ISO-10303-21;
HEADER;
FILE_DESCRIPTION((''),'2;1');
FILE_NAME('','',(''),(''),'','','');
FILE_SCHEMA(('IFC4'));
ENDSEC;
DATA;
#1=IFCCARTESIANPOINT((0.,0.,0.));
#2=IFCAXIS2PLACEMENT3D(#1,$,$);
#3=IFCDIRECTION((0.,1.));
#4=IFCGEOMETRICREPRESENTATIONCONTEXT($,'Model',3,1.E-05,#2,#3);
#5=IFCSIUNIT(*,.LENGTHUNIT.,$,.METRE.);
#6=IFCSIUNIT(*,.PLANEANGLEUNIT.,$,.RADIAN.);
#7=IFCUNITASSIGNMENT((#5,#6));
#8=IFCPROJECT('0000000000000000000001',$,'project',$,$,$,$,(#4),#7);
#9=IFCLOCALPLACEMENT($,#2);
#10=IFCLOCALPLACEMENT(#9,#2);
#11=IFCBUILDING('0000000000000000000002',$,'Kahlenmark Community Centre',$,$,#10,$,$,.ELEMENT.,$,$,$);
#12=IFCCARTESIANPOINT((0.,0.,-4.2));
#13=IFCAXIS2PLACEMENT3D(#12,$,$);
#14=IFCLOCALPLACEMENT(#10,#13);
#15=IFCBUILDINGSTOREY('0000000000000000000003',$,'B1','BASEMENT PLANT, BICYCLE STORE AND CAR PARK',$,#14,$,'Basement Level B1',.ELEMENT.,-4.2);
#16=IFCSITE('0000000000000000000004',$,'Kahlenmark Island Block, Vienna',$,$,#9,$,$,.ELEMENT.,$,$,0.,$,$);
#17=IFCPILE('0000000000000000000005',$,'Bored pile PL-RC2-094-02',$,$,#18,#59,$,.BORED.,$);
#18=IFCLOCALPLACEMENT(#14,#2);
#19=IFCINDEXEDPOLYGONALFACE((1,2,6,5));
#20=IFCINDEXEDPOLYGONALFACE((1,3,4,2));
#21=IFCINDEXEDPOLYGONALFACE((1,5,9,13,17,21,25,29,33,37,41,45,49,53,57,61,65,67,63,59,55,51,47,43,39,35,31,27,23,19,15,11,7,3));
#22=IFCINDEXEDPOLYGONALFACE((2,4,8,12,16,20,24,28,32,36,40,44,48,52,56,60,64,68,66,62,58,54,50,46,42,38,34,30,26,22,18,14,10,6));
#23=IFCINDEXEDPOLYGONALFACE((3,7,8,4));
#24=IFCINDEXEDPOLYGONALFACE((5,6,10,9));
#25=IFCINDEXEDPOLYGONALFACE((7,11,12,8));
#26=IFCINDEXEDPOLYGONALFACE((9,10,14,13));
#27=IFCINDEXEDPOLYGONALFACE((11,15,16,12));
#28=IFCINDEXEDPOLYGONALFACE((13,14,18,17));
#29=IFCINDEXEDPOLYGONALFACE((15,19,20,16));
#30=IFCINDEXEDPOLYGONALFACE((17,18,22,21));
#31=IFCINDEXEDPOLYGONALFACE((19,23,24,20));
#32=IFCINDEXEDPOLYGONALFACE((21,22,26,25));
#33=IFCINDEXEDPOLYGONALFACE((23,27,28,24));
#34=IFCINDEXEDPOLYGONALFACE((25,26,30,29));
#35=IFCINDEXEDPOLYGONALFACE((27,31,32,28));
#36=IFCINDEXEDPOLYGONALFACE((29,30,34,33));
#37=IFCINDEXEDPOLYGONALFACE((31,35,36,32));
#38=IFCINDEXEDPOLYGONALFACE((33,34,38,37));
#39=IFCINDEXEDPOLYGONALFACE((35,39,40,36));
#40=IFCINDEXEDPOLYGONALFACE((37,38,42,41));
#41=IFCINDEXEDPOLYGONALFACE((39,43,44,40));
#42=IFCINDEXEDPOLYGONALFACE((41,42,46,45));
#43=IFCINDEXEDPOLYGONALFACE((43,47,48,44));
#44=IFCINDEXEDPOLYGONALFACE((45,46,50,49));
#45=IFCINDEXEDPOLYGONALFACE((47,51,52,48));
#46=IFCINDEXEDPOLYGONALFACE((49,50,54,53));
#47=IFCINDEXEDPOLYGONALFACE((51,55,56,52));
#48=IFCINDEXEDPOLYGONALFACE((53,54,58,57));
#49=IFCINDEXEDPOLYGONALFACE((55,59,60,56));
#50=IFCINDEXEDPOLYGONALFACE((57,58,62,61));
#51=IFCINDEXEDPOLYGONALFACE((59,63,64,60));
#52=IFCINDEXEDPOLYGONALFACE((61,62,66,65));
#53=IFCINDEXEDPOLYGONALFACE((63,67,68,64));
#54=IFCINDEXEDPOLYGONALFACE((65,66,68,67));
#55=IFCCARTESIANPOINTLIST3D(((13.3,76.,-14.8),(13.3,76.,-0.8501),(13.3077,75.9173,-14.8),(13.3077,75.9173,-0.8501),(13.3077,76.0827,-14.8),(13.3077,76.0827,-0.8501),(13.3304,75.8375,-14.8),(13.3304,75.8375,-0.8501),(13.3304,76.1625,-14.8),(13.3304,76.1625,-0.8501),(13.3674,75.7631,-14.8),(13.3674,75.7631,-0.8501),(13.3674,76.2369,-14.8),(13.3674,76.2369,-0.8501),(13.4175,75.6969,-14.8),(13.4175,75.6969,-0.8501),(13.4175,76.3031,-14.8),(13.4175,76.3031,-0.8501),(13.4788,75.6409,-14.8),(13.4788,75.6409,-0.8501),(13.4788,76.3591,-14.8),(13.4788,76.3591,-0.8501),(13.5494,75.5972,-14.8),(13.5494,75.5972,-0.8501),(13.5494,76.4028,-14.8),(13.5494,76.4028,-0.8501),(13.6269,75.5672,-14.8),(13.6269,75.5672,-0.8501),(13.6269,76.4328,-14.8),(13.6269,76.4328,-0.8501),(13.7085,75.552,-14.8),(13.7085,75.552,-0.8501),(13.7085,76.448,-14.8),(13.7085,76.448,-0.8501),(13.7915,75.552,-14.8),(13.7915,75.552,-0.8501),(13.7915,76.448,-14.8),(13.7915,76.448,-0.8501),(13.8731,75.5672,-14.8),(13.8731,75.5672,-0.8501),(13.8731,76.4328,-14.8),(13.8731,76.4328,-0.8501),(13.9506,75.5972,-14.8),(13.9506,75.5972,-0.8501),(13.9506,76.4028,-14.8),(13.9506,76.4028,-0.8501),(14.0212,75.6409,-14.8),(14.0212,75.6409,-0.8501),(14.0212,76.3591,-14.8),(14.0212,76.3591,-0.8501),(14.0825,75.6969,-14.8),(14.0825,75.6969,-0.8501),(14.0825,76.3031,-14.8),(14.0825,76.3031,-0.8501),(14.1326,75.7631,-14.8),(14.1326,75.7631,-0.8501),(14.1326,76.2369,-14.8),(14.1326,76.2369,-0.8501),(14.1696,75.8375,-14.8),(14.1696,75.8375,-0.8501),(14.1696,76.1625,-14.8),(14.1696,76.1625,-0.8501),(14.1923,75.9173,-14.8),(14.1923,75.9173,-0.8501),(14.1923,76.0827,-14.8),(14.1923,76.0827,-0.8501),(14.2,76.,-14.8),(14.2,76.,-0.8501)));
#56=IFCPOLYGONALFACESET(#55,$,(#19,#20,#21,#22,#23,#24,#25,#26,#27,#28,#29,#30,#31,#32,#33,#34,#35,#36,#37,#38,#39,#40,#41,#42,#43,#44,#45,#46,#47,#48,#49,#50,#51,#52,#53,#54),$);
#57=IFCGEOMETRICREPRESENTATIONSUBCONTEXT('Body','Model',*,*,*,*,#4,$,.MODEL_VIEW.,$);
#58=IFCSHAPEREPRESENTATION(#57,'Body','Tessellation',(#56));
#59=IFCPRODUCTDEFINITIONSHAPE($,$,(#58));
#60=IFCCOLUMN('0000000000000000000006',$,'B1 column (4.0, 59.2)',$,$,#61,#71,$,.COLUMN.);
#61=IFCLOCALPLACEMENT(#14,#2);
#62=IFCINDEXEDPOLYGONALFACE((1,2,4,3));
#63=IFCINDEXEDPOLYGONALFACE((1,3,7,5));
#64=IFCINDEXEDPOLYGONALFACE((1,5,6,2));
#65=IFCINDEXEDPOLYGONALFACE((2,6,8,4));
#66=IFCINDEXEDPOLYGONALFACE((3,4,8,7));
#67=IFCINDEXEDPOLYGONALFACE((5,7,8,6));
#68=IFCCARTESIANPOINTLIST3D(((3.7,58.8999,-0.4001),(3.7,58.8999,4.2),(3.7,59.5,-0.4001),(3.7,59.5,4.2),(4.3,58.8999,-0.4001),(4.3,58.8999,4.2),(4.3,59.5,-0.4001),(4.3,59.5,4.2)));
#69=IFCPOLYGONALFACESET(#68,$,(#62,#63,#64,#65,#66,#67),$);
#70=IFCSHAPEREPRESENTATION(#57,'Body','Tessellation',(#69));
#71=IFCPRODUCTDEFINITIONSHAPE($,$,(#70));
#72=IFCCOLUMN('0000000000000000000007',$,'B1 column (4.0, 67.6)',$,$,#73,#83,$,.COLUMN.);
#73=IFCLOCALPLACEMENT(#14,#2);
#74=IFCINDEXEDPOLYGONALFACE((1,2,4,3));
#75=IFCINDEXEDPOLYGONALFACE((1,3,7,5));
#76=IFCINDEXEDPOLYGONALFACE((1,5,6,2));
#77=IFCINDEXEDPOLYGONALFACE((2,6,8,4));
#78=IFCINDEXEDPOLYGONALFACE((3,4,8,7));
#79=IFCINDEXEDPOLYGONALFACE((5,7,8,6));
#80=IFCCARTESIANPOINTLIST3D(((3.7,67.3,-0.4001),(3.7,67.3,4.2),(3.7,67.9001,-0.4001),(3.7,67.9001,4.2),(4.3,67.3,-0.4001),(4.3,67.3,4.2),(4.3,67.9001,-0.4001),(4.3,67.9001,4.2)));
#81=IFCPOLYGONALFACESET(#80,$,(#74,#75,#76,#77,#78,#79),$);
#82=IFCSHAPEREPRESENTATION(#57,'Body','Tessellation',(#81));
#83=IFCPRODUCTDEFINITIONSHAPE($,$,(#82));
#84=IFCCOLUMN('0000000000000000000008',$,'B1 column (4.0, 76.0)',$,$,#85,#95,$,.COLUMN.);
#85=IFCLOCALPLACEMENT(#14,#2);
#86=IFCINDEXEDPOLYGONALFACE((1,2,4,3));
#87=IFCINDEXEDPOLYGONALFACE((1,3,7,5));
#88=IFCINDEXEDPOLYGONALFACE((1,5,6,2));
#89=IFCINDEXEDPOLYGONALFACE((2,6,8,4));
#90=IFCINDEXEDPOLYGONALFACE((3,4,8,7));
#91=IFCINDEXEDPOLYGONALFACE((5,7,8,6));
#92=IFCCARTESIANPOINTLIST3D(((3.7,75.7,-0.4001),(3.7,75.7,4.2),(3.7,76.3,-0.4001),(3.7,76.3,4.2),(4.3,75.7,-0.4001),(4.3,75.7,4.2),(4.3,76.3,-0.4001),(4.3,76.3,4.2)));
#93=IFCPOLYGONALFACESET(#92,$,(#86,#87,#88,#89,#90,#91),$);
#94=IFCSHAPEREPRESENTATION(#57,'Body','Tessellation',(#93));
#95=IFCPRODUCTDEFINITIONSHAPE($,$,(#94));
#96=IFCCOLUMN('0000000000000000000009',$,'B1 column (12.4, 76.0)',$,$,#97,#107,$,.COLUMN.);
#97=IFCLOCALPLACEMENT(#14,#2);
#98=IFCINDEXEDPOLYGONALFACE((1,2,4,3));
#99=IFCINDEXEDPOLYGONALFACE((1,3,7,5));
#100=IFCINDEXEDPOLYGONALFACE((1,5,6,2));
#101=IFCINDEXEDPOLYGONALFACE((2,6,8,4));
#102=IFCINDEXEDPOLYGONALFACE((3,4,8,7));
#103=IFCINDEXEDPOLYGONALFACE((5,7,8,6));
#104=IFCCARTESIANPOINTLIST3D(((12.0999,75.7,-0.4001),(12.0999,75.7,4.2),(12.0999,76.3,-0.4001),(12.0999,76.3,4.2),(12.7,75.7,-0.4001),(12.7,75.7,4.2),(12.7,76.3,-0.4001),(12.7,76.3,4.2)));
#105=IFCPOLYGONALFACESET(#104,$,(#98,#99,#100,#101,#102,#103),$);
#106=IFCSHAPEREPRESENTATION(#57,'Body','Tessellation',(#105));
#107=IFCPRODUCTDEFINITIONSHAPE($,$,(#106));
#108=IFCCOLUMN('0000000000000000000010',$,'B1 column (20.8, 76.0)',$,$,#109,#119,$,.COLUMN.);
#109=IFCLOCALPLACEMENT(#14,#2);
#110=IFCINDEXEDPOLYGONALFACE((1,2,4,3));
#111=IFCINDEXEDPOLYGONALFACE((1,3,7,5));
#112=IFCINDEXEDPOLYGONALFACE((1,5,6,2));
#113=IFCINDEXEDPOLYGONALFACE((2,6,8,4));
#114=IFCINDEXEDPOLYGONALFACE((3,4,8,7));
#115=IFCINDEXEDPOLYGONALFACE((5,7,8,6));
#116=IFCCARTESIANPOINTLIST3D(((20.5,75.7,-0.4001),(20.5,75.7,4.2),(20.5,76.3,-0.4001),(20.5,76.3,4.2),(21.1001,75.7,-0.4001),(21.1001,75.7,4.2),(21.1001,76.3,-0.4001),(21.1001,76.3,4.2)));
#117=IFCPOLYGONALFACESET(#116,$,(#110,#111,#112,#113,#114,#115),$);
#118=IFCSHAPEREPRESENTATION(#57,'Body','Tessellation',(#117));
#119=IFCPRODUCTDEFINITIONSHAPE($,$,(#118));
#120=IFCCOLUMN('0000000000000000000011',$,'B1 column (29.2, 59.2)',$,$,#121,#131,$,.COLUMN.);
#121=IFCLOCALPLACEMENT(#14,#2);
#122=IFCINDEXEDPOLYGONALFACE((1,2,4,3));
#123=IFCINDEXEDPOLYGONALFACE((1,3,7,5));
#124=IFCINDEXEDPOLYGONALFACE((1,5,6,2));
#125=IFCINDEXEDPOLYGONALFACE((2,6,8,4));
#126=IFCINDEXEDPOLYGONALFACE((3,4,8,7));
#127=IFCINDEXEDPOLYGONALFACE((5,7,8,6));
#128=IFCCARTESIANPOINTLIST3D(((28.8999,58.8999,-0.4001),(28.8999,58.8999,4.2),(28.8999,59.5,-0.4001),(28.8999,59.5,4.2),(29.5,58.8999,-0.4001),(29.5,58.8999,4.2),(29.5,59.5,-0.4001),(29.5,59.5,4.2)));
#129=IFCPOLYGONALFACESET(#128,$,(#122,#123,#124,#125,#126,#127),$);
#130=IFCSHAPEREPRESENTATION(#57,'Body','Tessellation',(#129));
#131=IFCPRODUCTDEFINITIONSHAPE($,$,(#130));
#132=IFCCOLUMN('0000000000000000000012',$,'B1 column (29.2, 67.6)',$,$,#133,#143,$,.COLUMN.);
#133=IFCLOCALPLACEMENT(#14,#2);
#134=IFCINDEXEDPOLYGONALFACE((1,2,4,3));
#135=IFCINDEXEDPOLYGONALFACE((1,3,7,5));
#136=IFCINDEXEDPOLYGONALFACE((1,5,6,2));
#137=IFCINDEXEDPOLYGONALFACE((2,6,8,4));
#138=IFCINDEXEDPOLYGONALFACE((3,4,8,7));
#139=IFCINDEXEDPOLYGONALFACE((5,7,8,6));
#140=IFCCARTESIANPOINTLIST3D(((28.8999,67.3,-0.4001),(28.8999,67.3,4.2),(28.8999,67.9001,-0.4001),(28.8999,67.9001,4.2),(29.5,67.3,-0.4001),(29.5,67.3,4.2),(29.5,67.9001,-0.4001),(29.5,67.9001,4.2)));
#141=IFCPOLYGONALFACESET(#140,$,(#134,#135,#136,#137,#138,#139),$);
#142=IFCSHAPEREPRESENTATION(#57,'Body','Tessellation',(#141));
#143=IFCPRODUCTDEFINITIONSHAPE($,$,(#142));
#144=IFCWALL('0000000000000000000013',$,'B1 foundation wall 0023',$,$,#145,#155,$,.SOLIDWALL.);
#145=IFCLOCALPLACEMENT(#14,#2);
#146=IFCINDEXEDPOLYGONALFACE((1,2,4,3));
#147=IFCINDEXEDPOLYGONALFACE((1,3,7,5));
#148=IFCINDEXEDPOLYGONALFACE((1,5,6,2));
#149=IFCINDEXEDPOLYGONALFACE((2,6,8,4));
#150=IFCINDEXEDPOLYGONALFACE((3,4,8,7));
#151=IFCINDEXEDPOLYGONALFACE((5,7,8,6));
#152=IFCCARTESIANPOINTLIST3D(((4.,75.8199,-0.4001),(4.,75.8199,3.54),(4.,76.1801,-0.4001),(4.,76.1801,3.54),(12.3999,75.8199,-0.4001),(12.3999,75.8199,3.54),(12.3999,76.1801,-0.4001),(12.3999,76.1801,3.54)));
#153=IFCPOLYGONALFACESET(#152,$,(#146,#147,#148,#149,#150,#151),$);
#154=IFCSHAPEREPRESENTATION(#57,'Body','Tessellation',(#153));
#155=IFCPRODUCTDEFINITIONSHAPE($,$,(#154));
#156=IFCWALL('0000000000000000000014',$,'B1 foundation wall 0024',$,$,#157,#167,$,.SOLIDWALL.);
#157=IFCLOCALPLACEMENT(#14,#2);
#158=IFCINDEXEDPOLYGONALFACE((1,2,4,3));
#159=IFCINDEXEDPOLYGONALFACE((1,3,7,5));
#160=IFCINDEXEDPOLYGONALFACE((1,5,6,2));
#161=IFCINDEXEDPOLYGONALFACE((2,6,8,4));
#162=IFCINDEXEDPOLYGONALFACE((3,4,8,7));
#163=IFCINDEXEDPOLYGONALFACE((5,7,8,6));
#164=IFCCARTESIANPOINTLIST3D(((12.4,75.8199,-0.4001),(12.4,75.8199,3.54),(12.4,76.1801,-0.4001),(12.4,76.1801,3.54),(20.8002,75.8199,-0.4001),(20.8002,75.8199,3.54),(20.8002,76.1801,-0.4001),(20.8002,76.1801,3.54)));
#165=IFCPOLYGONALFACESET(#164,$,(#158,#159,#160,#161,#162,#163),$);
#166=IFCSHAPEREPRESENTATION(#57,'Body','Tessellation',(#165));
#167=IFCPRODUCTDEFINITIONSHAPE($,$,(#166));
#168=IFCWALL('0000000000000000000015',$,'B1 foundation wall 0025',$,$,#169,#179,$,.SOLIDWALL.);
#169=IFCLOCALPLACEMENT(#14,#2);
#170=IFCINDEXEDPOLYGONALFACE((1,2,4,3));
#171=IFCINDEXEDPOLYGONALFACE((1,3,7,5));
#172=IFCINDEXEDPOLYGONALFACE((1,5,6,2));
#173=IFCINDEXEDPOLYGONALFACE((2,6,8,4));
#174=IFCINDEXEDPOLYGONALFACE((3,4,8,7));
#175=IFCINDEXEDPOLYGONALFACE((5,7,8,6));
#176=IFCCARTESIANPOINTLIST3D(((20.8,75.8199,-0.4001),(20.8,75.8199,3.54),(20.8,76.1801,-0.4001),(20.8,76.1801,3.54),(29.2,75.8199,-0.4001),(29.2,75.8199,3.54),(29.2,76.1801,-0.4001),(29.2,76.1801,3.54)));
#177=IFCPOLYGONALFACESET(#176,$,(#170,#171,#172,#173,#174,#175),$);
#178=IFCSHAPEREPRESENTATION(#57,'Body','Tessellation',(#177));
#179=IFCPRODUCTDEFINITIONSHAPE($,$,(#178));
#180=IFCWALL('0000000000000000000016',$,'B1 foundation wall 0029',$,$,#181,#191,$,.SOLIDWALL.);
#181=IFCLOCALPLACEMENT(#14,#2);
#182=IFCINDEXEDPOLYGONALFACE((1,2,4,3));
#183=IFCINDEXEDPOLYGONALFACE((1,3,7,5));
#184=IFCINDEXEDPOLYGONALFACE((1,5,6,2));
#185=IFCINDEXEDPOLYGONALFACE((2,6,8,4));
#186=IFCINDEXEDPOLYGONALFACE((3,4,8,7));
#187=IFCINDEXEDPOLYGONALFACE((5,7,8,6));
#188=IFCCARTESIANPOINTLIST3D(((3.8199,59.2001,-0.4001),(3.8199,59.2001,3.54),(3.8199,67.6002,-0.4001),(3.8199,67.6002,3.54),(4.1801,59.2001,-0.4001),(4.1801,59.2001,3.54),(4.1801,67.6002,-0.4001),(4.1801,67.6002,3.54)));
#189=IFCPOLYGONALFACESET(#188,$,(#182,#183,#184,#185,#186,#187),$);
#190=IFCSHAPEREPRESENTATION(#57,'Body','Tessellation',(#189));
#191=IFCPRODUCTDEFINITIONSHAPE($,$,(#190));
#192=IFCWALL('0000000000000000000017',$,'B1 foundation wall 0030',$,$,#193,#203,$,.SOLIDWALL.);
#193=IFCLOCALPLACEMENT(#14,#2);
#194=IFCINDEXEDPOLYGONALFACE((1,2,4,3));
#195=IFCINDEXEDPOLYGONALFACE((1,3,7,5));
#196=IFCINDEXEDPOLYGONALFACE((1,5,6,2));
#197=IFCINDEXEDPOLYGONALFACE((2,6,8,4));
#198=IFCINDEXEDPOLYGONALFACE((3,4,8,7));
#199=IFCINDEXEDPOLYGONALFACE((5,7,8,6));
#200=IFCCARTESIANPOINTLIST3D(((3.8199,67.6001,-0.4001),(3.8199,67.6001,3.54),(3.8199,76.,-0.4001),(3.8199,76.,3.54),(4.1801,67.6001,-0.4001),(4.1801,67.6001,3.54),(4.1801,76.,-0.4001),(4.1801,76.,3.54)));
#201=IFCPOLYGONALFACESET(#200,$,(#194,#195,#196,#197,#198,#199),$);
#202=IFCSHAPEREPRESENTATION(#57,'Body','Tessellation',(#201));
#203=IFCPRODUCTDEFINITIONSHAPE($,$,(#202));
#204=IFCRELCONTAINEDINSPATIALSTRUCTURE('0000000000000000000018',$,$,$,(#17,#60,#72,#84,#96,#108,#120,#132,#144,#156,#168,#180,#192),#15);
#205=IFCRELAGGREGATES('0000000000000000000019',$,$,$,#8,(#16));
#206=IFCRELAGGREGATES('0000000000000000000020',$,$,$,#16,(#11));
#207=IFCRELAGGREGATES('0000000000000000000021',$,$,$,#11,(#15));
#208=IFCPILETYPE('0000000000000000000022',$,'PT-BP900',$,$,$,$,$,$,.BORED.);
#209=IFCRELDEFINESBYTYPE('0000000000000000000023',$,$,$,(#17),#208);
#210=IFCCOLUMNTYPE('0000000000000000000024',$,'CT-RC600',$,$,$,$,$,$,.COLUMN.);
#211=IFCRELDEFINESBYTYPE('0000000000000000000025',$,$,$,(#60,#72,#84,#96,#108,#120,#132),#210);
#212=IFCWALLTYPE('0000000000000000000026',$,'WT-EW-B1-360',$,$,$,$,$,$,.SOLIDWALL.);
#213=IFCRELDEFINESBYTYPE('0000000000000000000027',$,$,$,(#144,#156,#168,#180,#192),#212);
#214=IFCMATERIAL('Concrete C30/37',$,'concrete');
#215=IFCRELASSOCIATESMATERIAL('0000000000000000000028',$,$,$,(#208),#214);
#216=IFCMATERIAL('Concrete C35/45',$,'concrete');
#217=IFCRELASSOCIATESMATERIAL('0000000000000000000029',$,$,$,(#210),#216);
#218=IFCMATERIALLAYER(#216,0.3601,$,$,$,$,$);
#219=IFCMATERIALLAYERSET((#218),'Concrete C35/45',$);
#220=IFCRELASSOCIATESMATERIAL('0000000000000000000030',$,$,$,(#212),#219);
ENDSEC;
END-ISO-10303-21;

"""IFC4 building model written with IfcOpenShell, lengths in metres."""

from ifc_helpers import new_model, si_unit, direction, frame, frame_2d, origin, origin_2d, place, context, subcontext, project, spatial, rectangle, circle, extrude, material, layer, layer_set, material_profile, profile_set, type_object, element, save


model = new_model("IFC4")

# Units and contexts
model_context = context("Model", 3, precision=1e-05, world=origin(), true_north=direction((0.0, 1.0)))
body_context = subcontext(model_context, "Body", "Model", "MODEL_VIEW")
ifc_project = project(units=[si_unit("LENGTHUNIT", "METRE"), si_unit("PLANEANGLEUNIT", "RADIAN")], contexts=[model_context])

# Site, building, storey
site_placement = place(None, origin())
site = spatial("IfcSite", under=ifc_project, at=site_placement, Name="Kahlenmark Island Block, Vienna", CompositionType="ELEMENT", RefElevation=0.0)
building_placement = place(site_placement, origin())
building = spatial("IfcBuilding", under=site, at=building_placement, Name="Kahlenmark Community Centre", CompositionType="ELEMENT")
storey_placement = place(building_placement, frame((0.0, 0.0, -4.2)))
storey = spatial("IfcBuildingStorey", under=building, at=storey_placement, Name="B1", Description="BASEMENT PLANT, BICYCLE STORE AND CAR PARK", LongName="Basement Level B1", CompositionType="ELEMENT", Elevation=-4.2)

# Shared definitions
ifc_material_1 = material(Name="Concrete C30/37", Category="concrete")

# Pile
ifc_material_profile_1 = material_profile(ifc_material_1, circle(Radius=0.45, at=origin_2d()), Name="BORED PILE 900")
ifc_profile_set_1 = profile_set([ifc_material_profile_1], Name="Concrete C30/37")
pile_type_1 = type_object("IfcPileType", Name="PT-BP900", PredefinedType="BORED", material=ifc_profile_set_1)
for number, where, z_axis, x_axis, name in (
    (1, (13.75, 76.0, -0.8501), (0.0, 0.0, -1.0), (1.0, 0.0, 0.0), "Bored pile PL-RC2-094-02"),
):
    element("IfcPile", number, at=place(storey_placement, frame(where, z_axis=z_axis, x_axis=x_axis)), inside=storey, type_object=pile_type_1, Name=name, PredefinedType="BORED", context=body_context, shape_type="SweptSolid", body=[
        extrude(circle(Radius=0.45, at=origin_2d()), origin(), (0.0, 0.0, 1.0), 13.95),
    ])

# Columns
ifc_material_2 = material(Name="Concrete C35/45", Category="concrete")
ifc_material_profile_2 = material_profile(ifc_material_2, rectangle(XDim=0.6001, YDim=0.6001, at=origin_2d()), Name="RC 600x600")
ifc_profile_set_2 = profile_set([ifc_material_profile_2], Name="Concrete C35/45")
column_type = type_object("IfcColumnType", Name="CT-RC600", PredefinedType="COLUMN", material=ifc_profile_set_2)
for number, where, z_axis, x_axis, name in (
    (2, (4.0, 59.2, -0.4001), (0.0, 0.0, 1.0), (1.0, 0.0, 0.0), "B1 column (4.0, 59.2)"),
    (3, (4.0, 67.6001, -0.4001), (0.0, 0.0, 1.0), (1.0, 0.0, 0.0), "B1 column (4.0, 67.6)"),
    (4, (4.0, 76.0, -0.4001), (0.0, 0.0, 1.0), (1.0, 0.0, 0.0), "B1 column (4.0, 76.0)"),
    (5, (12.3999, 76.0, -0.4001), (0.0, 0.0, 1.0), (1.0, 0.0, 0.0), "B1 column (12.4, 76.0)"),
    (6, (20.8, 76.0, -0.4001), (0.0, 0.0, 1.0), (1.0, 0.0, 0.0), "B1 column (20.8, 76.0)"),
    (7, (29.2, 59.2, -0.4001), (0.0, 0.0, 1.0), (1.0, 0.0, 0.0), "B1 column (29.2, 59.2)"),
    (8, (29.2, 67.6001, -0.4001), (0.0, 0.0, 1.0), (1.0, 0.0, 0.0), "B1 column (29.2, 67.6)"),
):
    element("IfcColumn", number, at=place(storey_placement, frame(where, z_axis=z_axis, x_axis=x_axis)), inside=storey, type_object=column_type, Name=name, PredefinedType="COLUMN", context=body_context, shape_type="SweptSolid", body=[
        extrude(rectangle(XDim=0.6001, YDim=0.6001, at=origin_2d()), origin(), (0.0, 0.0, 1.0), 4.6001),
    ])

# Walls
ifc_layer = layer(ifc_material_2, 0.3601)
ifc_layer_set = layer_set([ifc_layer], Name="Concrete C35/45")
wall_type = type_object("IfcWallType", Name="WT-EW-B1-360", PredefinedType="SOLIDWALL", material=ifc_layer_set)
wall_1_placement = place(storey_placement, frame((4.0, 76.0, -0.4001), z_axis=(0.0, 0.0, 1.0), x_axis=(1.0, 0.0, 0.0)))
element("IfcWall", 9, at=wall_1_placement, inside=storey, type_object=wall_type, Name="B1 foundation wall 0023", PredefinedType="SOLIDWALL", context=body_context, shape_type="SweptSolid", body=[
    extrude(rectangle(XDim=8.3999, YDim=0.3601, at=frame_2d((4.2, 0.0))), origin(), (0.0, 0.0, 1.0), 3.9402),
])
wall_2_placement = place(storey_placement, frame((12.3999, 76.0, -0.4001), z_axis=(0.0, 0.0, 1.0), x_axis=(1.0, 0.0, 0.0)))
element("IfcWall", 10, at=wall_2_placement, inside=storey, type_object=wall_type, Name="B1 foundation wall 0024", PredefinedType="SOLIDWALL", context=body_context, shape_type="SweptSolid", body=[
    extrude(rectangle(XDim=8.4001, YDim=0.3601, at=frame_2d((4.2002, 0.0))), origin(), (0.0, 0.0, 1.0), 3.9402),
])
wall_3_placement = place(storey_placement, frame((20.8, 76.0, -0.4001), z_axis=(0.0, 0.0, 1.0), x_axis=(1.0, 0.0, 0.0)))
element("IfcWall", 11, at=wall_3_placement, inside=storey, type_object=wall_type, Name="B1 foundation wall 0025", PredefinedType="SOLIDWALL", context=body_context, shape_type="SweptSolid", body=[
    extrude(rectangle(XDim=8.3999, YDim=0.3601, at=frame_2d((4.2, 0.0))), origin(), (0.0, 0.0, 1.0), 3.9402),
])
wall_4_placement = place(storey_placement, frame((4.0, 59.2, -0.4001), z_axis=(0.0, 0.0, 1.0), x_axis=(0.0, 1.0, 0.0)))
element("IfcWall", 12, at=wall_4_placement, inside=storey, type_object=wall_type, Name="B1 foundation wall 0029", PredefinedType="SOLIDWALL", context=body_context, shape_type="SweptSolid", body=[
    extrude(rectangle(XDim=8.4001, YDim=0.3601, at=frame_2d((4.2002, 0.0))), origin(), (0.0, 0.0, 1.0), 3.9402),
])
wall_5_placement = place(storey_placement, frame((4.0, 67.6001, -0.4001), z_axis=(0.0, 0.0, 1.0), x_axis=(0.0, 1.0, 0.0)))
element("IfcWall", 13, at=wall_5_placement, inside=storey, type_object=wall_type, Name="B1 foundation wall 0030", PredefinedType="SOLIDWALL", context=body_context, shape_type="SweptSolid", body=[
    extrude(rectangle(XDim=8.3999, YDim=0.3601, at=frame_2d((4.2, 0.0))), origin(), (0.0, 0.0, 1.0), 3.9402),
])

save(model, "model.ifc")
